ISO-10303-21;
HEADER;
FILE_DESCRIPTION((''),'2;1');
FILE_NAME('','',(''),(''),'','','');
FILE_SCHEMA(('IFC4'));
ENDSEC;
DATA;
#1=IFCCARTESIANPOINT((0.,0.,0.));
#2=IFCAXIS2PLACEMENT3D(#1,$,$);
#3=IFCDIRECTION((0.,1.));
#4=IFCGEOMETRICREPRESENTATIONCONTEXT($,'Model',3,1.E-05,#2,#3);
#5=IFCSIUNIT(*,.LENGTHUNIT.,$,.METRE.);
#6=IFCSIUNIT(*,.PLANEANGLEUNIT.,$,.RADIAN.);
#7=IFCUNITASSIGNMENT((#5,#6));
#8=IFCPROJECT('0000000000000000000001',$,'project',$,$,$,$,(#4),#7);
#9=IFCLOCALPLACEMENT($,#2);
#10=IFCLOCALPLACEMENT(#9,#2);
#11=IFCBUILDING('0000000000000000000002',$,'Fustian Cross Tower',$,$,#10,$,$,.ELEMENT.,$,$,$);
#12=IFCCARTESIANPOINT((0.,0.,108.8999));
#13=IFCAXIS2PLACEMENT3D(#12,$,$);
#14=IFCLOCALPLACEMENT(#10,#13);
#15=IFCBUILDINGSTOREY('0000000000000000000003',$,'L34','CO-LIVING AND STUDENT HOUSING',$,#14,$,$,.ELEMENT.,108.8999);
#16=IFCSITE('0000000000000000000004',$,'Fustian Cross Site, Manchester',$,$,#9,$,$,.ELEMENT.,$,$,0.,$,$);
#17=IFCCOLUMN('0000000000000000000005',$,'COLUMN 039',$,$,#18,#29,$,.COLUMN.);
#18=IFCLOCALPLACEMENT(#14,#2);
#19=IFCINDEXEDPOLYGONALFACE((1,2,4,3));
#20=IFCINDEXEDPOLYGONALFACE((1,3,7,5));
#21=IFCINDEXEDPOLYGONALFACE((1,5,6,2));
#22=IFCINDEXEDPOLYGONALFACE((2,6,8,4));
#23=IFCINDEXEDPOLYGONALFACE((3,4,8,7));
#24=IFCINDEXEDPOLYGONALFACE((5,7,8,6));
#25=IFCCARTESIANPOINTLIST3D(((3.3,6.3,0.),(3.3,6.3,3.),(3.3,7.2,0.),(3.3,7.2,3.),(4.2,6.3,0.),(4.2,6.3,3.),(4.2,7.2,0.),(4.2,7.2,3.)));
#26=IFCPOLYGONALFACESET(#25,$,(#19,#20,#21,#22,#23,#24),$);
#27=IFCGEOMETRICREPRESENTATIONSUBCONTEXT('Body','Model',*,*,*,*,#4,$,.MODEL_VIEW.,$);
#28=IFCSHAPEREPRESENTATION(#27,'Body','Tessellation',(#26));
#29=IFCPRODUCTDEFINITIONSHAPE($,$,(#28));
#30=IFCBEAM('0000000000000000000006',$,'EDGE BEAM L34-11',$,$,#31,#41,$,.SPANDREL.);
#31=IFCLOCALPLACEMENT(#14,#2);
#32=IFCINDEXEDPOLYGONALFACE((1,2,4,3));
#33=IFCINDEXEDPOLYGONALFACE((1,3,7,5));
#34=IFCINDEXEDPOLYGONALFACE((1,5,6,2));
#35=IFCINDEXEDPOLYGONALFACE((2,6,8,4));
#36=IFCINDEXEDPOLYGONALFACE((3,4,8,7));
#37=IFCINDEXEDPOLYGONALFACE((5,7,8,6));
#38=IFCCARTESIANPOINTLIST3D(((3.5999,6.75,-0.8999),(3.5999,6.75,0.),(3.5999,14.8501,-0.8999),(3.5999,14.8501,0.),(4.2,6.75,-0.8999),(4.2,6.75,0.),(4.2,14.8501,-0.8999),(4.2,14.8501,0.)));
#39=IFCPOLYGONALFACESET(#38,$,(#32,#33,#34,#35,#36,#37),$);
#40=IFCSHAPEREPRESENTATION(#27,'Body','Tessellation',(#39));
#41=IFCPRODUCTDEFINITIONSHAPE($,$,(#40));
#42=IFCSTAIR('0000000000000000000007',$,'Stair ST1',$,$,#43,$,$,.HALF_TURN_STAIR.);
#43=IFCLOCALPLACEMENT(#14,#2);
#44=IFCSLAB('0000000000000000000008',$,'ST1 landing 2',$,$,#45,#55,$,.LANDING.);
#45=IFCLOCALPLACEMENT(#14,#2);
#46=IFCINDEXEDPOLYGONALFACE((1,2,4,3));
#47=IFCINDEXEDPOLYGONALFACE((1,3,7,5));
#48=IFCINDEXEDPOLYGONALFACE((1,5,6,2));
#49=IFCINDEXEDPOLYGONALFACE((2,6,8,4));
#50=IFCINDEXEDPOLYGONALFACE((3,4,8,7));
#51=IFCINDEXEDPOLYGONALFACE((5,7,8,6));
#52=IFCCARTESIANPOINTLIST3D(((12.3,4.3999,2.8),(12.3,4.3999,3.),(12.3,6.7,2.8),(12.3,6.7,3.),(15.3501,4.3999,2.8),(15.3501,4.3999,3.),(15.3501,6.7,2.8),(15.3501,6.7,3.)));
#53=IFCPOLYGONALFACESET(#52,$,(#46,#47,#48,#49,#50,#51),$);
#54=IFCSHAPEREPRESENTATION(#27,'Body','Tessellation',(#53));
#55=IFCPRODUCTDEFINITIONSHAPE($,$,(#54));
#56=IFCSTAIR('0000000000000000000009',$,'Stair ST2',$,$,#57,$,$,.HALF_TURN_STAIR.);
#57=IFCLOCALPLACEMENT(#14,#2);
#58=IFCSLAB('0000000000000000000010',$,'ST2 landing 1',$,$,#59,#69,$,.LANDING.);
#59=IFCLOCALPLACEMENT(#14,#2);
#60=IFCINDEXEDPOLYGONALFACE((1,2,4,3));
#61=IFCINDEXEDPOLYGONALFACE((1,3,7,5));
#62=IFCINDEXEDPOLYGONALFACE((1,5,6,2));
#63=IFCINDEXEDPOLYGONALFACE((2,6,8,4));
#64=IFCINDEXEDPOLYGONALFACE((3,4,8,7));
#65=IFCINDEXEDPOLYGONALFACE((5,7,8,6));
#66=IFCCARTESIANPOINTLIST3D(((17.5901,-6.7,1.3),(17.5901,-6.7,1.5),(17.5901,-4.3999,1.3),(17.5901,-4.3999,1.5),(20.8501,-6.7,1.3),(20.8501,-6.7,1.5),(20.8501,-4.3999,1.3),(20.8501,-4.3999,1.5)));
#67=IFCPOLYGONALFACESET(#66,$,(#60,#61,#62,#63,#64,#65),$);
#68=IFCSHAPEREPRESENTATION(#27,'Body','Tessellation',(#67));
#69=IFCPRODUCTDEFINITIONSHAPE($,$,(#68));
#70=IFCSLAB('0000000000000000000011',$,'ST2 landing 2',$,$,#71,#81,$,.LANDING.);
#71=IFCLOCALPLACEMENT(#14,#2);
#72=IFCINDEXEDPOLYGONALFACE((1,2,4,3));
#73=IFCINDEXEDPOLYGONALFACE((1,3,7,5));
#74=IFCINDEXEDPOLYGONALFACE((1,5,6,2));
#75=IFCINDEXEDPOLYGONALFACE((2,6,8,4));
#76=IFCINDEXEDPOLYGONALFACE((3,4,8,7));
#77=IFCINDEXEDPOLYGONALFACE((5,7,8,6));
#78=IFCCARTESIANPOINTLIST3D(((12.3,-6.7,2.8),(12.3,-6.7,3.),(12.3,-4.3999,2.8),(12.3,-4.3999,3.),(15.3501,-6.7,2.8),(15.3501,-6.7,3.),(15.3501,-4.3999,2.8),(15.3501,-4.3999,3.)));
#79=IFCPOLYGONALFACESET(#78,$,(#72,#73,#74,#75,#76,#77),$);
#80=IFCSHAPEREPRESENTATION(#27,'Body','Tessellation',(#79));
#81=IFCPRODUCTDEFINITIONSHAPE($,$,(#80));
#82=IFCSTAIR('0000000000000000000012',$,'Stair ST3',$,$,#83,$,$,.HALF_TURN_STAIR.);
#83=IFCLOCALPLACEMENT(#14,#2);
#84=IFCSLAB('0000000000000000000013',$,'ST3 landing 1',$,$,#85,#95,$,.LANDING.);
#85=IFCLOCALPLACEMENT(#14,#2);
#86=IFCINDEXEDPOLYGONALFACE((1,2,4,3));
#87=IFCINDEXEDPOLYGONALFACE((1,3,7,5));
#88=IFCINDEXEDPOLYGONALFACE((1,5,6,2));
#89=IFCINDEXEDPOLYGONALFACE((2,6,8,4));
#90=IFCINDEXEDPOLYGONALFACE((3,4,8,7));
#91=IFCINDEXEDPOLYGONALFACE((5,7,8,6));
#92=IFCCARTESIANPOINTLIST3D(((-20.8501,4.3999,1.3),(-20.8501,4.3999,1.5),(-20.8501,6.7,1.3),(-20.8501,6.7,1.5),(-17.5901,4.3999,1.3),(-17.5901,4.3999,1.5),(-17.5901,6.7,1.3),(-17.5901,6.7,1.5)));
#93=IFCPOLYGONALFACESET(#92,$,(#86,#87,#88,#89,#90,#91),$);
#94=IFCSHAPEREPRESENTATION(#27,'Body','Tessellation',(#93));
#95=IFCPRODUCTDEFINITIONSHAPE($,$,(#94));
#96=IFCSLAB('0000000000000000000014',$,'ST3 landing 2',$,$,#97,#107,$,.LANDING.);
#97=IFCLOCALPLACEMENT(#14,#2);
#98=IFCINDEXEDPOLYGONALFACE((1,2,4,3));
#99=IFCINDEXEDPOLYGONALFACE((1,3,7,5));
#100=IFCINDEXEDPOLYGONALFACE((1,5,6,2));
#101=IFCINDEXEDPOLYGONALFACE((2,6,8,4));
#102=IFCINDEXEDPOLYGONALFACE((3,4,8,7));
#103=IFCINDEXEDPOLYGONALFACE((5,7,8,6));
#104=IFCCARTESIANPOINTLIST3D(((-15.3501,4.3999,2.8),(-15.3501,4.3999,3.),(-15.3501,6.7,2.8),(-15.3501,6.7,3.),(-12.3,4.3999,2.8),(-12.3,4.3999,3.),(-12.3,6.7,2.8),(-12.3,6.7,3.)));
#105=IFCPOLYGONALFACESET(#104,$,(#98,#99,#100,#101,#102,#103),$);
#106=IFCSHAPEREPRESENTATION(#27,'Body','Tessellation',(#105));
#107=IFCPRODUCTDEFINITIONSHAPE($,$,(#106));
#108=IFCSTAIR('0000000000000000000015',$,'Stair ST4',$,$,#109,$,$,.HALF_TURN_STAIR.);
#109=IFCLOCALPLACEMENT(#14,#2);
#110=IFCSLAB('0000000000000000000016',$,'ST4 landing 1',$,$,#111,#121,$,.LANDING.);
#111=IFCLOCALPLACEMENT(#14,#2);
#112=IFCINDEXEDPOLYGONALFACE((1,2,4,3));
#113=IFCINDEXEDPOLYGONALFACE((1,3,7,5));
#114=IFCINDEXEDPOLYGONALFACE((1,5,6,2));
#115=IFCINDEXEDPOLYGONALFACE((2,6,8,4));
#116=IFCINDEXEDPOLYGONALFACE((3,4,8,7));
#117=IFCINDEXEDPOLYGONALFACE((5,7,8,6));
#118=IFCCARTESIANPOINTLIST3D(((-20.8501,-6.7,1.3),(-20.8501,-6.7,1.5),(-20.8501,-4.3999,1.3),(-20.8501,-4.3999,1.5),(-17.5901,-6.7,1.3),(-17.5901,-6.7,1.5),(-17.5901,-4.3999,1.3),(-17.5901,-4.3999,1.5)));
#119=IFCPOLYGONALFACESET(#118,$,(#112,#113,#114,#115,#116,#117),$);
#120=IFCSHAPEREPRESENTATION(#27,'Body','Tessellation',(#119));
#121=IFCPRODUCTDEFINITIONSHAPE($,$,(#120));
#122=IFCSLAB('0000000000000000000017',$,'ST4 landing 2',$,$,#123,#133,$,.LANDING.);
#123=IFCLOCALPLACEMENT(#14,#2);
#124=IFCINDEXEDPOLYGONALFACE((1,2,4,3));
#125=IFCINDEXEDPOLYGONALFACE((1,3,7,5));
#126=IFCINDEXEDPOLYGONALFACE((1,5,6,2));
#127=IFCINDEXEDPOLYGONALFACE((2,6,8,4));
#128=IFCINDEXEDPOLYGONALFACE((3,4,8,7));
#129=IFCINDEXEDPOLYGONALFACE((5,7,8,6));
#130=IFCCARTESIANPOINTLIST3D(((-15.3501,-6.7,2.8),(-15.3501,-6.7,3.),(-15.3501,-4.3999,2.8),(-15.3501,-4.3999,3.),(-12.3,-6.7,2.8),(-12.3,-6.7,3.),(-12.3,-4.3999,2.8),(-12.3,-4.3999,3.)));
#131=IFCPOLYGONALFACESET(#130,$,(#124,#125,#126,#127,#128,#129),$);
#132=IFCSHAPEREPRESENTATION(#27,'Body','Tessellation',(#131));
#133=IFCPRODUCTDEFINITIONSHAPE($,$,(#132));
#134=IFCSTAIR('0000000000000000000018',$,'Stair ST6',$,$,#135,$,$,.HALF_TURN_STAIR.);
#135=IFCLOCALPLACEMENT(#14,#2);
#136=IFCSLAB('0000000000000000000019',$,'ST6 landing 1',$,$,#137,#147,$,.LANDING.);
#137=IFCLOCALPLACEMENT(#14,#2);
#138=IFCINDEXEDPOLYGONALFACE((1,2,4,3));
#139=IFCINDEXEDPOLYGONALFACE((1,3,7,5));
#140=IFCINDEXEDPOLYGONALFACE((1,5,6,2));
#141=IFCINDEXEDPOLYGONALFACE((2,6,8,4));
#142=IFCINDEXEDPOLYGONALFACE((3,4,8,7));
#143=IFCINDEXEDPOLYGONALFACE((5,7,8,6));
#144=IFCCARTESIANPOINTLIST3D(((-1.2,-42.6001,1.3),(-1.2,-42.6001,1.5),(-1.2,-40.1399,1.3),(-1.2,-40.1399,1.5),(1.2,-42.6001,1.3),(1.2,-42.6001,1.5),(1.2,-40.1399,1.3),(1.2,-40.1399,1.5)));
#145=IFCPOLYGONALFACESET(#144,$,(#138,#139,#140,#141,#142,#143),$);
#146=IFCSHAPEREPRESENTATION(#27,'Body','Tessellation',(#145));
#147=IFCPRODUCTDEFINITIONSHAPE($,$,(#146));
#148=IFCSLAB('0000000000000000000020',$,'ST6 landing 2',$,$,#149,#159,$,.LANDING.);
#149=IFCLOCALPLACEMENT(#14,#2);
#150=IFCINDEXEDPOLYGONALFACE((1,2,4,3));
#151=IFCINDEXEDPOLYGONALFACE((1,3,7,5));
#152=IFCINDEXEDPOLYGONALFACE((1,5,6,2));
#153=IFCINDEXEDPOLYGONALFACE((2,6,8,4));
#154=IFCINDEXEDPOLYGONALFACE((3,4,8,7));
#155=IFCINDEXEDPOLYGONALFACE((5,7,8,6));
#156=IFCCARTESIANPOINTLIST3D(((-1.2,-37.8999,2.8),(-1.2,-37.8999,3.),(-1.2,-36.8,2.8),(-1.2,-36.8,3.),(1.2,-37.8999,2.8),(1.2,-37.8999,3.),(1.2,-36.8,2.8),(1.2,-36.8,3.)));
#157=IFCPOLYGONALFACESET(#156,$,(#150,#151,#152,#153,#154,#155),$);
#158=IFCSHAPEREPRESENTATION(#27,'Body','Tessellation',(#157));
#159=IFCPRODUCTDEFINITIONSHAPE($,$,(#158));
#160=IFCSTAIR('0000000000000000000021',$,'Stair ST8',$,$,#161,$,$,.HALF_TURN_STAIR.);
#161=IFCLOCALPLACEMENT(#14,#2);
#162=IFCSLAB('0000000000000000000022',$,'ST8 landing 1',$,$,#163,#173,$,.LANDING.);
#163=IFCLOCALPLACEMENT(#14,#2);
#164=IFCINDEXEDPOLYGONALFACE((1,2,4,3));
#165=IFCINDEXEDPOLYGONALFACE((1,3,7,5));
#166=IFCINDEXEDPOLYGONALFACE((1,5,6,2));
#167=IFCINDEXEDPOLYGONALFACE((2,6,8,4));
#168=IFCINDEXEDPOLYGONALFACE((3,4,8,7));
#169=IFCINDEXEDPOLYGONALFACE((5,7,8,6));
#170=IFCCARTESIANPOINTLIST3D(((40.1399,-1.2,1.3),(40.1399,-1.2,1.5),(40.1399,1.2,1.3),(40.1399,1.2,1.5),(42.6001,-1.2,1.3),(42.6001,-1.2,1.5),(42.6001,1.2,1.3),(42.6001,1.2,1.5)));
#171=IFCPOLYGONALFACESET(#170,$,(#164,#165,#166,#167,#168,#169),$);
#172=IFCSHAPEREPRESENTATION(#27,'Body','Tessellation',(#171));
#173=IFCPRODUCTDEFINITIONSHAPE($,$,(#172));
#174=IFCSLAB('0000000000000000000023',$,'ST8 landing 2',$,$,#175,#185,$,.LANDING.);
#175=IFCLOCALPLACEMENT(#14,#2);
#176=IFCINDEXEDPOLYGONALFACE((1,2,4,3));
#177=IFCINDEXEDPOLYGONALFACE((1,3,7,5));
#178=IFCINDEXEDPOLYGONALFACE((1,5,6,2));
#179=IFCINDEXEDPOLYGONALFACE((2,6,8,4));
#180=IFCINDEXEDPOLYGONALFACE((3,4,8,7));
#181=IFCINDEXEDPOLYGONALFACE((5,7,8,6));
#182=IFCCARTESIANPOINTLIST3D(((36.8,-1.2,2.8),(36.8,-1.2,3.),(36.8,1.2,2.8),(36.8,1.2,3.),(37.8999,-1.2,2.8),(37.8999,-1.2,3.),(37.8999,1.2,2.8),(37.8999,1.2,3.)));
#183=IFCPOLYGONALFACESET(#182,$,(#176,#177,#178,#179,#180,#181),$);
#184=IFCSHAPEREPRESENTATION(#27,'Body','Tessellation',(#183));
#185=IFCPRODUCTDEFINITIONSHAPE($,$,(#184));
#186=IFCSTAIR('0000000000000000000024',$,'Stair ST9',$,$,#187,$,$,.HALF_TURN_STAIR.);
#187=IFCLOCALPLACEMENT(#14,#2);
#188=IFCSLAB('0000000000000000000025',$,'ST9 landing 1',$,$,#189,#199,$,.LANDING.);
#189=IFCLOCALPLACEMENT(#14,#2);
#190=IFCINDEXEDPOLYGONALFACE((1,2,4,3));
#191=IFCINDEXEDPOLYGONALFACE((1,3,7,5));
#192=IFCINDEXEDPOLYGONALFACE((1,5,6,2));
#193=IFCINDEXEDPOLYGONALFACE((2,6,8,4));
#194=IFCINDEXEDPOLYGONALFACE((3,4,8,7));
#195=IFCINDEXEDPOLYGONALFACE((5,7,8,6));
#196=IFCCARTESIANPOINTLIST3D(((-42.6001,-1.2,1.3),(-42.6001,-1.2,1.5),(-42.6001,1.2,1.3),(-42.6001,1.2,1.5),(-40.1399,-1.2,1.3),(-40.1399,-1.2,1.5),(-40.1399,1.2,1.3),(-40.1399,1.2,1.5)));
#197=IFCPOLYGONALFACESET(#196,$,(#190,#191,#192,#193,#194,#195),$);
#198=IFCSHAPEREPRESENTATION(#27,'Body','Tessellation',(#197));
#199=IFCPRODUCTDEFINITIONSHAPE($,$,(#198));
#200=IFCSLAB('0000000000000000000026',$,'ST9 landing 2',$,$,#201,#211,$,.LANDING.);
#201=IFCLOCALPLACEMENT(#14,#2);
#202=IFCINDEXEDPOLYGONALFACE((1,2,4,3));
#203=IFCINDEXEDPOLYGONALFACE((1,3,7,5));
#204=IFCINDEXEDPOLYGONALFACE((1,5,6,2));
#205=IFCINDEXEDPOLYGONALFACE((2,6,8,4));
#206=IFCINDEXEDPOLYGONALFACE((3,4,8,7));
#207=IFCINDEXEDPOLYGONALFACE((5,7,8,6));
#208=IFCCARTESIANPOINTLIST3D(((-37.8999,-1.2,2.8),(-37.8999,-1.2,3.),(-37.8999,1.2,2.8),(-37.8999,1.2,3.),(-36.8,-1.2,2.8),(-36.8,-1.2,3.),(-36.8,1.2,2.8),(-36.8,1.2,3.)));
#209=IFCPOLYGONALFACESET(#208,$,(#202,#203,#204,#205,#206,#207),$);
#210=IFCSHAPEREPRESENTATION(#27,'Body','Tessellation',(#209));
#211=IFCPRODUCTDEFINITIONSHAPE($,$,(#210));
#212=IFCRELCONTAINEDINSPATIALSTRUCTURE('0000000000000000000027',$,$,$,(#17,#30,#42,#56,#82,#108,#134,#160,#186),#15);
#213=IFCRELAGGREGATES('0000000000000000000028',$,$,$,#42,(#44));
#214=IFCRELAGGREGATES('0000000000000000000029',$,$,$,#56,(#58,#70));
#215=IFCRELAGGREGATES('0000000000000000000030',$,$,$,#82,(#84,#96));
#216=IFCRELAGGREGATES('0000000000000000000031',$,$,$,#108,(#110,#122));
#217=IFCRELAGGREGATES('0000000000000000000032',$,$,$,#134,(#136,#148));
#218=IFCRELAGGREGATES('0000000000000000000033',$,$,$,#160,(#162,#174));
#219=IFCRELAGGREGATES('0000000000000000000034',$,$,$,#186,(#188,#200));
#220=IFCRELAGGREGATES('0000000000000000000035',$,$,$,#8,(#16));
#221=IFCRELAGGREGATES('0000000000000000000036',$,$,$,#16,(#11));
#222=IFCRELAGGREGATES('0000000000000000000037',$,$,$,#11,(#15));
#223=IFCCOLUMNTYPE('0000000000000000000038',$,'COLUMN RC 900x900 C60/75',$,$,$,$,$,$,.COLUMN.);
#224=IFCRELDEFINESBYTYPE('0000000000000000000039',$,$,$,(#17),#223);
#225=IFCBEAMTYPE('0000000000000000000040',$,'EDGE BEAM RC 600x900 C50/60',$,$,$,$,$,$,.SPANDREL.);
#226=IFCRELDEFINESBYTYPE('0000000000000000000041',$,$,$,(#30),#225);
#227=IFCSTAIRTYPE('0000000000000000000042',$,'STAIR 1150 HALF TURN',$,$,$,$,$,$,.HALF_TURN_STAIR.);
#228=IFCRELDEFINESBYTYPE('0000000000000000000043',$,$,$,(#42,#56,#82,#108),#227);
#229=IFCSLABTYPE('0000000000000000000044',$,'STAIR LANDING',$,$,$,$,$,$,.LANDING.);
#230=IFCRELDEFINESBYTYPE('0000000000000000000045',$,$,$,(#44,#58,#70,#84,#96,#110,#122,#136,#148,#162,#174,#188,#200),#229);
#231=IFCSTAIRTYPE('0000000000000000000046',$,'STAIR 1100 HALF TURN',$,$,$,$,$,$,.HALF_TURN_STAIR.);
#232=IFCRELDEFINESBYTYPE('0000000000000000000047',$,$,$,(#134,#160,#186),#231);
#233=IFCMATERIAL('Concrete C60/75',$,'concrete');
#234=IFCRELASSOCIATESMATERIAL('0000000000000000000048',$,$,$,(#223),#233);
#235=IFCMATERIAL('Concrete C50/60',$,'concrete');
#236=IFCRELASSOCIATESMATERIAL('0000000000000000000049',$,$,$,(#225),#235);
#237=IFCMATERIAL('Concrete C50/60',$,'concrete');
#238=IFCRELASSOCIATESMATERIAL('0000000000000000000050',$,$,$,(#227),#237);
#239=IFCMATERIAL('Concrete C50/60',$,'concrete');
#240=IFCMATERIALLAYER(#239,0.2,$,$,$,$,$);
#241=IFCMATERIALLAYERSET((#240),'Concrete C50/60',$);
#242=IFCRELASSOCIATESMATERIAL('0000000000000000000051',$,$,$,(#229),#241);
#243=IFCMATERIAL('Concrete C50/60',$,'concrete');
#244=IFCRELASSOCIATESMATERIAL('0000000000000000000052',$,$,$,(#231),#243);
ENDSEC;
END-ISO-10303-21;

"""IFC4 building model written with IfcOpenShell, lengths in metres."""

from ifc_helpers import new_model, si_unit, direction, frame, origin, origin_2d, place, context, subcontext, project, spatial, polyline, rectangle, outline, extrude, material, layer, layer_set, material_profile, profile_set, type_object, element, aggregate, save


model = new_model("IFC4")

# Units and contexts
model_context = context("Model", 3, precision=1e-05, world=origin(), true_north=direction((0.0, 1.0)))
body_context = subcontext(model_context, "Body", "Model", "MODEL_VIEW")
ifc_project = project(units=[si_unit("LENGTHUNIT", "METRE"), si_unit("PLANEANGLEUNIT", "RADIAN")], contexts=[model_context])

# Site, building, storey
site_placement = place(None, origin())
site = spatial("IfcSite", under=ifc_project, at=site_placement, Name="Fustian Cross Site, Manchester", CompositionType="ELEMENT", RefElevation=0.0)
building_placement = place(site_placement, origin())
building = spatial("IfcBuilding", under=site, at=building_placement, Name="Fustian Cross Tower", CompositionType="ELEMENT")
storey_placement = place(building_placement, frame((0.0, 0.0, 108.8999)))
storey = spatial("IfcBuildingStorey", under=building, at=storey_placement, Name="L34", Description="CO-LIVING AND STUDENT HOUSING", CompositionType="ELEMENT", Elevation=108.8999)

# Column
ifc_material_1 = material(Name="Concrete C60/75", Category="concrete")
ifc_material_profile_1 = material_profile(ifc_material_1, rectangle(XDim=0.8999, YDim=0.8999, at=origin_2d()), Name="RC 900x900")
ifc_profile_set_1 = profile_set([ifc_material_profile_1], Name="Concrete C60/75")
column_type = type_object("IfcColumnType", Name="COLUMN RC 900x900 C60/75", PredefinedType="COLUMN", material=ifc_profile_set_1)
column_placement = place(storey_placement, frame((3.75, 6.75, 0.0), z_axis=(0.0, 0.0, 1.0), x_axis=(1.0, 0.0, 0.0)))
element("IfcColumn", 1, at=column_placement, inside=storey, type_object=column_type, Name="COLUMN 039", PredefinedType="COLUMN", context=body_context, shape_type="SweptSolid", body=[
    extrude(rectangle(XDim=0.8999, YDim=0.8999, at=origin_2d()), origin(), (0.0, 0.0, 1.0), 3.0),
])

# Beam
ifc_material_2 = material(Name="Concrete C50/60", Category="concrete")
ifc_material_profile_2 = material_profile(ifc_material_2, rectangle(XDim=0.6001, YDim=0.8999, at=origin_2d()), Name="RC 600x900")
ifc_profile_set_2 = profile_set([ifc_material_profile_2], Name="Concrete C50/60")
beam_type = type_object("IfcBeamType", Name="EDGE BEAM RC 600x900 C50/60", PredefinedType="SPANDREL", material=ifc_profile_set_2)
beam_placement = place(storey_placement, frame((3.8999, 6.75, -0.45), z_axis=(0.0, 1.0, 0.0), x_axis=(-1.0, 0.0, 0.0)))
element("IfcBeam", 2, at=beam_placement, inside=storey, type_object=beam_type, Name="EDGE BEAM L34-11", PredefinedType="SPANDREL", context=body_context, shape_type="SweptSolid", body=[
    extrude(rectangle(XDim=0.6001, YDim=0.8999, at=origin_2d()), origin(), (0.0, 0.0, 1.0), 8.1001),
])

# Stair, slab
ifc_material_3 = material(Name="Concrete C50/60", Category="concrete")
stair_type_1 = type_object("IfcStairType", Name="STAIR 1150 HALF TURN", PredefinedType="HALF_TURN_STAIR", material=ifc_material_3)
stair_1_placement = place(storey_placement, origin())
stair_1 = element("IfcStair", 3, at=stair_1_placement, inside=storey, type_object=stair_type_1, Name="Stair ST1", PredefinedType="HALF_TURN_STAIR")
ifc_material_4 = material(Name="Concrete C50/60", Category="concrete")
ifc_layer_1 = layer(ifc_material_4, 0.2)
ifc_layer_set_1 = layer_set([ifc_layer_1], Name="Concrete C50/60")
slab_type = type_object("IfcSlabType", Name="STAIR LANDING", PredefinedType="LANDING", material=ifc_layer_set_1)
slab_1_placement = place(storey_placement, frame((0.0, 0.0, 2.8)))
slab_1 = element("IfcSlab", 4, at=slab_1_placement, type_object=slab_type, Name="ST1 landing 2", PredefinedType="LANDING", context=body_context, shape_type="SweptSolid", body=[
    extrude(outline(polyline([(12.3, 4.3999), (15.3501, 4.3999), (15.3501, 6.7), (12.3, 6.7), (12.3, 4.3999)])), origin(), (0.0, 0.0, 1.0), 0.2),
])
aggregate(stair_1, [slab_1])

# Stairs, slabs
stair_2_placement = place(storey_placement, origin())
stair_2 = element("IfcStair", 5, at=stair_2_placement, inside=storey, type_object=stair_type_1, Name="Stair ST2", PredefinedType="HALF_TURN_STAIR")
slab_2_placement = place(storey_placement, frame((0.0, 0.0, 1.3)))
slab_2 = element("IfcSlab", 6, at=slab_2_placement, type_object=slab_type, Name="ST2 landing 1", PredefinedType="LANDING", context=body_context, shape_type="SweptSolid", body=[
    extrude(outline(polyline([(17.5901, -4.3999), (20.8501, -4.3999), (20.8501, -6.7), (17.5901, -6.7), (17.5901, -4.3999)])), origin(), (0.0, 0.0, 1.0), 0.2),
])
slab_3_placement = place(storey_placement, frame((0.0, 0.0, 2.8)))
slab_3 = element("IfcSlab", 7, at=slab_3_placement, type_object=slab_type, Name="ST2 landing 2", PredefinedType="LANDING", context=body_context, shape_type="SweptSolid", body=[
    extrude(outline(polyline([(12.3, -4.3999), (15.3501, -4.3999), (15.3501, -6.7), (12.3, -6.7), (12.3, -4.3999)])), origin(), (0.0, 0.0, 1.0), 0.2),
])
aggregate(stair_2, [slab_2, slab_3])
stair_3_placement = place(storey_placement, origin())
stair_3 = element("IfcStair", 8, at=stair_3_placement, inside=storey, type_object=stair_type_1, Name="Stair ST3", PredefinedType="HALF_TURN_STAIR")
slab_4_placement = place(storey_placement, frame((0.0, 0.0, 1.3)))
slab_4 = element("IfcSlab", 9, at=slab_4_placement, type_object=slab_type, Name="ST3 landing 1", PredefinedType="LANDING", context=body_context, shape_type="SweptSolid", body=[
    extrude(outline(polyline([(-17.5901, 4.3999), (-20.8501, 4.3999), (-20.8501, 6.7), (-17.5901, 6.7), (-17.5901, 4.3999)])), origin(), (0.0, 0.0, 1.0), 0.2),
])
slab_5_placement = place(storey_placement, frame((0.0, 0.0, 2.8)))
slab_5 = element("IfcSlab", 10, at=slab_5_placement, type_object=slab_type, Name="ST3 landing 2", PredefinedType="LANDING", context=body_context, shape_type="SweptSolid", body=[
    extrude(outline(polyline([(-12.3, 4.3999), (-15.3501, 4.3999), (-15.3501, 6.7), (-12.3, 6.7), (-12.3, 4.3999)])), origin(), (0.0, 0.0, 1.0), 0.2),
])
aggregate(stair_3, [slab_4, slab_5])
stair_4_placement = place(storey_placement, origin())
stair_4 = element("IfcStair", 11, at=stair_4_placement, inside=storey, type_object=stair_type_1, Name="Stair ST4", PredefinedType="HALF_TURN_STAIR")
slab_6_placement = place(storey_placement, frame((0.0, 0.0, 1.3)))
slab_6 = element("IfcSlab", 12, at=slab_6_placement, type_object=slab_type, Name="ST4 landing 1", PredefinedType="LANDING", context=body_context, shape_type="SweptSolid", body=[
    extrude(outline(polyline([(-17.5901, -4.3999), (-20.8501, -4.3999), (-20.8501, -6.7), (-17.5901, -6.7), (-17.5901, -4.3999)])), origin(), (0.0, 0.0, 1.0), 0.2),
])
slab_7_placement = place(storey_placement, frame((0.0, 0.0, 2.8)))
slab_7 = element("IfcSlab", 13, at=slab_7_placement, type_object=slab_type, Name="ST4 landing 2", PredefinedType="LANDING", context=body_context, shape_type="SweptSolid", body=[
    extrude(outline(polyline([(-12.3, -4.3999), (-15.3501, -4.3999), (-15.3501, -6.7), (-12.3, -6.7), (-12.3, -4.3999)])), origin(), (0.0, 0.0, 1.0), 0.2),
])
aggregate(stair_4, [slab_6, slab_7])
ifc_material_5 = material(Name="Concrete C50/60", Category="concrete")
stair_type_2 = type_object("IfcStairType", Name="STAIR 1100 HALF TURN", PredefinedType="HALF_TURN_STAIR", material=ifc_material_5)
stair_5_placement = place(storey_placement, origin())
stair_5 = element("IfcStair", 14, at=stair_5_placement, inside=storey, type_object=stair_type_2, Name="Stair ST6", PredefinedType="HALF_TURN_STAIR")
slab_8_placement = place(storey_placement, frame((0.0, 0.0, 1.3)))
slab_8 = element("IfcSlab", 15, at=slab_8_placement, type_object=slab_type, Name="ST6 landing 1", PredefinedType="LANDING", context=body_context, shape_type="SweptSolid", body=[
    extrude(outline(polyline([(-1.2, -40.1399), (-1.2, -42.6001), (1.2, -42.6001), (1.2, -40.1399), (-1.2, -40.1399)])), origin(), (0.0, 0.0, 1.0), 0.2),
])
slab_9_placement = place(storey_placement, frame((0.0, 0.0, 2.8)))
slab_9 = element("IfcSlab", 16, at=slab_9_placement, type_object=slab_type, Name="ST6 landing 2", PredefinedType="LANDING", context=body_context, shape_type="SweptSolid", body=[
    extrude(outline(polyline([(-1.2, -36.8), (-1.2, -37.8999), (1.2, -37.8999), (1.2, -36.8), (-1.2, -36.8)])), origin(), (0.0, 0.0, 1.0), 0.2),
])
aggregate(stair_5, [slab_8, slab_9])
stair_6_placement = place(storey_placement, origin())
stair_6 = element("IfcStair", 17, at=stair_6_placement, inside=storey, type_object=stair_type_2, Name="Stair ST8", PredefinedType="HALF_TURN_STAIR")
slab_10_placement = place(storey_placement, frame((0.0, 0.0, 1.3)))
slab_10 = element("IfcSlab", 18, at=slab_10_placement, type_object=slab_type, Name="ST8 landing 1", PredefinedType="LANDING", context=body_context, shape_type="SweptSolid", body=[
    extrude(outline(polyline([(40.1399, -1.2), (42.6001, -1.2), (42.6001, 1.2), (40.1399, 1.2), (40.1399, -1.2)])), origin(), (0.0, 0.0, 1.0), 0.2),
])
slab_11_placement = place(storey_placement, frame((0.0, 0.0, 2.8)))
slab_11 = element("IfcSlab", 19, at=slab_11_placement, type_object=slab_type, Name="ST8 landing 2", PredefinedType="LANDING", context=body_context, shape_type="SweptSolid", body=[
    extrude(outline(polyline([(36.8, -1.2), (37.8999, -1.2), (37.8999, 1.2), (36.8, 1.2), (36.8, -1.2)])), origin(), (0.0, 0.0, 1.0), 0.2),
])
aggregate(stair_6, [slab_10, slab_11])
stair_7_placement = place(storey_placement, origin())
stair_7 = element("IfcStair", 20, at=stair_7_placement, inside=storey, type_object=stair_type_2, Name="Stair ST9", PredefinedType="HALF_TURN_STAIR")
slab_12_placement = place(storey_placement, frame((0.0, 0.0, 1.3)))
slab_12 = element("IfcSlab", 21, at=slab_12_placement, type_object=slab_type, Name="ST9 landing 1", PredefinedType="LANDING", context=body_context, shape_type="SweptSolid", body=[
    extrude(outline(polyline([(-40.1399, -1.2), (-42.6001, -1.2), (-42.6001, 1.2), (-40.1399, 1.2), (-40.1399, -1.2)])), origin(), (0.0, 0.0, 1.0), 0.2),
])
slab_13_placement = place(storey_placement, frame((0.0, 0.0, 2.8)))
slab_13 = element("IfcSlab", 22, at=slab_13_placement, type_object=slab_type, Name="ST9 landing 2", PredefinedType="LANDING", context=body_context, shape_type="SweptSolid", body=[
    extrude(outline(polyline([(-36.8, -1.2), (-37.8999, -1.2), (-37.8999, 1.2), (-36.8, 1.2), (-36.8, -1.2)])), origin(), (0.0, 0.0, 1.0), 0.2),
])
aggregate(stair_7, [slab_12, slab_13])

save(model, "model.ifc")
